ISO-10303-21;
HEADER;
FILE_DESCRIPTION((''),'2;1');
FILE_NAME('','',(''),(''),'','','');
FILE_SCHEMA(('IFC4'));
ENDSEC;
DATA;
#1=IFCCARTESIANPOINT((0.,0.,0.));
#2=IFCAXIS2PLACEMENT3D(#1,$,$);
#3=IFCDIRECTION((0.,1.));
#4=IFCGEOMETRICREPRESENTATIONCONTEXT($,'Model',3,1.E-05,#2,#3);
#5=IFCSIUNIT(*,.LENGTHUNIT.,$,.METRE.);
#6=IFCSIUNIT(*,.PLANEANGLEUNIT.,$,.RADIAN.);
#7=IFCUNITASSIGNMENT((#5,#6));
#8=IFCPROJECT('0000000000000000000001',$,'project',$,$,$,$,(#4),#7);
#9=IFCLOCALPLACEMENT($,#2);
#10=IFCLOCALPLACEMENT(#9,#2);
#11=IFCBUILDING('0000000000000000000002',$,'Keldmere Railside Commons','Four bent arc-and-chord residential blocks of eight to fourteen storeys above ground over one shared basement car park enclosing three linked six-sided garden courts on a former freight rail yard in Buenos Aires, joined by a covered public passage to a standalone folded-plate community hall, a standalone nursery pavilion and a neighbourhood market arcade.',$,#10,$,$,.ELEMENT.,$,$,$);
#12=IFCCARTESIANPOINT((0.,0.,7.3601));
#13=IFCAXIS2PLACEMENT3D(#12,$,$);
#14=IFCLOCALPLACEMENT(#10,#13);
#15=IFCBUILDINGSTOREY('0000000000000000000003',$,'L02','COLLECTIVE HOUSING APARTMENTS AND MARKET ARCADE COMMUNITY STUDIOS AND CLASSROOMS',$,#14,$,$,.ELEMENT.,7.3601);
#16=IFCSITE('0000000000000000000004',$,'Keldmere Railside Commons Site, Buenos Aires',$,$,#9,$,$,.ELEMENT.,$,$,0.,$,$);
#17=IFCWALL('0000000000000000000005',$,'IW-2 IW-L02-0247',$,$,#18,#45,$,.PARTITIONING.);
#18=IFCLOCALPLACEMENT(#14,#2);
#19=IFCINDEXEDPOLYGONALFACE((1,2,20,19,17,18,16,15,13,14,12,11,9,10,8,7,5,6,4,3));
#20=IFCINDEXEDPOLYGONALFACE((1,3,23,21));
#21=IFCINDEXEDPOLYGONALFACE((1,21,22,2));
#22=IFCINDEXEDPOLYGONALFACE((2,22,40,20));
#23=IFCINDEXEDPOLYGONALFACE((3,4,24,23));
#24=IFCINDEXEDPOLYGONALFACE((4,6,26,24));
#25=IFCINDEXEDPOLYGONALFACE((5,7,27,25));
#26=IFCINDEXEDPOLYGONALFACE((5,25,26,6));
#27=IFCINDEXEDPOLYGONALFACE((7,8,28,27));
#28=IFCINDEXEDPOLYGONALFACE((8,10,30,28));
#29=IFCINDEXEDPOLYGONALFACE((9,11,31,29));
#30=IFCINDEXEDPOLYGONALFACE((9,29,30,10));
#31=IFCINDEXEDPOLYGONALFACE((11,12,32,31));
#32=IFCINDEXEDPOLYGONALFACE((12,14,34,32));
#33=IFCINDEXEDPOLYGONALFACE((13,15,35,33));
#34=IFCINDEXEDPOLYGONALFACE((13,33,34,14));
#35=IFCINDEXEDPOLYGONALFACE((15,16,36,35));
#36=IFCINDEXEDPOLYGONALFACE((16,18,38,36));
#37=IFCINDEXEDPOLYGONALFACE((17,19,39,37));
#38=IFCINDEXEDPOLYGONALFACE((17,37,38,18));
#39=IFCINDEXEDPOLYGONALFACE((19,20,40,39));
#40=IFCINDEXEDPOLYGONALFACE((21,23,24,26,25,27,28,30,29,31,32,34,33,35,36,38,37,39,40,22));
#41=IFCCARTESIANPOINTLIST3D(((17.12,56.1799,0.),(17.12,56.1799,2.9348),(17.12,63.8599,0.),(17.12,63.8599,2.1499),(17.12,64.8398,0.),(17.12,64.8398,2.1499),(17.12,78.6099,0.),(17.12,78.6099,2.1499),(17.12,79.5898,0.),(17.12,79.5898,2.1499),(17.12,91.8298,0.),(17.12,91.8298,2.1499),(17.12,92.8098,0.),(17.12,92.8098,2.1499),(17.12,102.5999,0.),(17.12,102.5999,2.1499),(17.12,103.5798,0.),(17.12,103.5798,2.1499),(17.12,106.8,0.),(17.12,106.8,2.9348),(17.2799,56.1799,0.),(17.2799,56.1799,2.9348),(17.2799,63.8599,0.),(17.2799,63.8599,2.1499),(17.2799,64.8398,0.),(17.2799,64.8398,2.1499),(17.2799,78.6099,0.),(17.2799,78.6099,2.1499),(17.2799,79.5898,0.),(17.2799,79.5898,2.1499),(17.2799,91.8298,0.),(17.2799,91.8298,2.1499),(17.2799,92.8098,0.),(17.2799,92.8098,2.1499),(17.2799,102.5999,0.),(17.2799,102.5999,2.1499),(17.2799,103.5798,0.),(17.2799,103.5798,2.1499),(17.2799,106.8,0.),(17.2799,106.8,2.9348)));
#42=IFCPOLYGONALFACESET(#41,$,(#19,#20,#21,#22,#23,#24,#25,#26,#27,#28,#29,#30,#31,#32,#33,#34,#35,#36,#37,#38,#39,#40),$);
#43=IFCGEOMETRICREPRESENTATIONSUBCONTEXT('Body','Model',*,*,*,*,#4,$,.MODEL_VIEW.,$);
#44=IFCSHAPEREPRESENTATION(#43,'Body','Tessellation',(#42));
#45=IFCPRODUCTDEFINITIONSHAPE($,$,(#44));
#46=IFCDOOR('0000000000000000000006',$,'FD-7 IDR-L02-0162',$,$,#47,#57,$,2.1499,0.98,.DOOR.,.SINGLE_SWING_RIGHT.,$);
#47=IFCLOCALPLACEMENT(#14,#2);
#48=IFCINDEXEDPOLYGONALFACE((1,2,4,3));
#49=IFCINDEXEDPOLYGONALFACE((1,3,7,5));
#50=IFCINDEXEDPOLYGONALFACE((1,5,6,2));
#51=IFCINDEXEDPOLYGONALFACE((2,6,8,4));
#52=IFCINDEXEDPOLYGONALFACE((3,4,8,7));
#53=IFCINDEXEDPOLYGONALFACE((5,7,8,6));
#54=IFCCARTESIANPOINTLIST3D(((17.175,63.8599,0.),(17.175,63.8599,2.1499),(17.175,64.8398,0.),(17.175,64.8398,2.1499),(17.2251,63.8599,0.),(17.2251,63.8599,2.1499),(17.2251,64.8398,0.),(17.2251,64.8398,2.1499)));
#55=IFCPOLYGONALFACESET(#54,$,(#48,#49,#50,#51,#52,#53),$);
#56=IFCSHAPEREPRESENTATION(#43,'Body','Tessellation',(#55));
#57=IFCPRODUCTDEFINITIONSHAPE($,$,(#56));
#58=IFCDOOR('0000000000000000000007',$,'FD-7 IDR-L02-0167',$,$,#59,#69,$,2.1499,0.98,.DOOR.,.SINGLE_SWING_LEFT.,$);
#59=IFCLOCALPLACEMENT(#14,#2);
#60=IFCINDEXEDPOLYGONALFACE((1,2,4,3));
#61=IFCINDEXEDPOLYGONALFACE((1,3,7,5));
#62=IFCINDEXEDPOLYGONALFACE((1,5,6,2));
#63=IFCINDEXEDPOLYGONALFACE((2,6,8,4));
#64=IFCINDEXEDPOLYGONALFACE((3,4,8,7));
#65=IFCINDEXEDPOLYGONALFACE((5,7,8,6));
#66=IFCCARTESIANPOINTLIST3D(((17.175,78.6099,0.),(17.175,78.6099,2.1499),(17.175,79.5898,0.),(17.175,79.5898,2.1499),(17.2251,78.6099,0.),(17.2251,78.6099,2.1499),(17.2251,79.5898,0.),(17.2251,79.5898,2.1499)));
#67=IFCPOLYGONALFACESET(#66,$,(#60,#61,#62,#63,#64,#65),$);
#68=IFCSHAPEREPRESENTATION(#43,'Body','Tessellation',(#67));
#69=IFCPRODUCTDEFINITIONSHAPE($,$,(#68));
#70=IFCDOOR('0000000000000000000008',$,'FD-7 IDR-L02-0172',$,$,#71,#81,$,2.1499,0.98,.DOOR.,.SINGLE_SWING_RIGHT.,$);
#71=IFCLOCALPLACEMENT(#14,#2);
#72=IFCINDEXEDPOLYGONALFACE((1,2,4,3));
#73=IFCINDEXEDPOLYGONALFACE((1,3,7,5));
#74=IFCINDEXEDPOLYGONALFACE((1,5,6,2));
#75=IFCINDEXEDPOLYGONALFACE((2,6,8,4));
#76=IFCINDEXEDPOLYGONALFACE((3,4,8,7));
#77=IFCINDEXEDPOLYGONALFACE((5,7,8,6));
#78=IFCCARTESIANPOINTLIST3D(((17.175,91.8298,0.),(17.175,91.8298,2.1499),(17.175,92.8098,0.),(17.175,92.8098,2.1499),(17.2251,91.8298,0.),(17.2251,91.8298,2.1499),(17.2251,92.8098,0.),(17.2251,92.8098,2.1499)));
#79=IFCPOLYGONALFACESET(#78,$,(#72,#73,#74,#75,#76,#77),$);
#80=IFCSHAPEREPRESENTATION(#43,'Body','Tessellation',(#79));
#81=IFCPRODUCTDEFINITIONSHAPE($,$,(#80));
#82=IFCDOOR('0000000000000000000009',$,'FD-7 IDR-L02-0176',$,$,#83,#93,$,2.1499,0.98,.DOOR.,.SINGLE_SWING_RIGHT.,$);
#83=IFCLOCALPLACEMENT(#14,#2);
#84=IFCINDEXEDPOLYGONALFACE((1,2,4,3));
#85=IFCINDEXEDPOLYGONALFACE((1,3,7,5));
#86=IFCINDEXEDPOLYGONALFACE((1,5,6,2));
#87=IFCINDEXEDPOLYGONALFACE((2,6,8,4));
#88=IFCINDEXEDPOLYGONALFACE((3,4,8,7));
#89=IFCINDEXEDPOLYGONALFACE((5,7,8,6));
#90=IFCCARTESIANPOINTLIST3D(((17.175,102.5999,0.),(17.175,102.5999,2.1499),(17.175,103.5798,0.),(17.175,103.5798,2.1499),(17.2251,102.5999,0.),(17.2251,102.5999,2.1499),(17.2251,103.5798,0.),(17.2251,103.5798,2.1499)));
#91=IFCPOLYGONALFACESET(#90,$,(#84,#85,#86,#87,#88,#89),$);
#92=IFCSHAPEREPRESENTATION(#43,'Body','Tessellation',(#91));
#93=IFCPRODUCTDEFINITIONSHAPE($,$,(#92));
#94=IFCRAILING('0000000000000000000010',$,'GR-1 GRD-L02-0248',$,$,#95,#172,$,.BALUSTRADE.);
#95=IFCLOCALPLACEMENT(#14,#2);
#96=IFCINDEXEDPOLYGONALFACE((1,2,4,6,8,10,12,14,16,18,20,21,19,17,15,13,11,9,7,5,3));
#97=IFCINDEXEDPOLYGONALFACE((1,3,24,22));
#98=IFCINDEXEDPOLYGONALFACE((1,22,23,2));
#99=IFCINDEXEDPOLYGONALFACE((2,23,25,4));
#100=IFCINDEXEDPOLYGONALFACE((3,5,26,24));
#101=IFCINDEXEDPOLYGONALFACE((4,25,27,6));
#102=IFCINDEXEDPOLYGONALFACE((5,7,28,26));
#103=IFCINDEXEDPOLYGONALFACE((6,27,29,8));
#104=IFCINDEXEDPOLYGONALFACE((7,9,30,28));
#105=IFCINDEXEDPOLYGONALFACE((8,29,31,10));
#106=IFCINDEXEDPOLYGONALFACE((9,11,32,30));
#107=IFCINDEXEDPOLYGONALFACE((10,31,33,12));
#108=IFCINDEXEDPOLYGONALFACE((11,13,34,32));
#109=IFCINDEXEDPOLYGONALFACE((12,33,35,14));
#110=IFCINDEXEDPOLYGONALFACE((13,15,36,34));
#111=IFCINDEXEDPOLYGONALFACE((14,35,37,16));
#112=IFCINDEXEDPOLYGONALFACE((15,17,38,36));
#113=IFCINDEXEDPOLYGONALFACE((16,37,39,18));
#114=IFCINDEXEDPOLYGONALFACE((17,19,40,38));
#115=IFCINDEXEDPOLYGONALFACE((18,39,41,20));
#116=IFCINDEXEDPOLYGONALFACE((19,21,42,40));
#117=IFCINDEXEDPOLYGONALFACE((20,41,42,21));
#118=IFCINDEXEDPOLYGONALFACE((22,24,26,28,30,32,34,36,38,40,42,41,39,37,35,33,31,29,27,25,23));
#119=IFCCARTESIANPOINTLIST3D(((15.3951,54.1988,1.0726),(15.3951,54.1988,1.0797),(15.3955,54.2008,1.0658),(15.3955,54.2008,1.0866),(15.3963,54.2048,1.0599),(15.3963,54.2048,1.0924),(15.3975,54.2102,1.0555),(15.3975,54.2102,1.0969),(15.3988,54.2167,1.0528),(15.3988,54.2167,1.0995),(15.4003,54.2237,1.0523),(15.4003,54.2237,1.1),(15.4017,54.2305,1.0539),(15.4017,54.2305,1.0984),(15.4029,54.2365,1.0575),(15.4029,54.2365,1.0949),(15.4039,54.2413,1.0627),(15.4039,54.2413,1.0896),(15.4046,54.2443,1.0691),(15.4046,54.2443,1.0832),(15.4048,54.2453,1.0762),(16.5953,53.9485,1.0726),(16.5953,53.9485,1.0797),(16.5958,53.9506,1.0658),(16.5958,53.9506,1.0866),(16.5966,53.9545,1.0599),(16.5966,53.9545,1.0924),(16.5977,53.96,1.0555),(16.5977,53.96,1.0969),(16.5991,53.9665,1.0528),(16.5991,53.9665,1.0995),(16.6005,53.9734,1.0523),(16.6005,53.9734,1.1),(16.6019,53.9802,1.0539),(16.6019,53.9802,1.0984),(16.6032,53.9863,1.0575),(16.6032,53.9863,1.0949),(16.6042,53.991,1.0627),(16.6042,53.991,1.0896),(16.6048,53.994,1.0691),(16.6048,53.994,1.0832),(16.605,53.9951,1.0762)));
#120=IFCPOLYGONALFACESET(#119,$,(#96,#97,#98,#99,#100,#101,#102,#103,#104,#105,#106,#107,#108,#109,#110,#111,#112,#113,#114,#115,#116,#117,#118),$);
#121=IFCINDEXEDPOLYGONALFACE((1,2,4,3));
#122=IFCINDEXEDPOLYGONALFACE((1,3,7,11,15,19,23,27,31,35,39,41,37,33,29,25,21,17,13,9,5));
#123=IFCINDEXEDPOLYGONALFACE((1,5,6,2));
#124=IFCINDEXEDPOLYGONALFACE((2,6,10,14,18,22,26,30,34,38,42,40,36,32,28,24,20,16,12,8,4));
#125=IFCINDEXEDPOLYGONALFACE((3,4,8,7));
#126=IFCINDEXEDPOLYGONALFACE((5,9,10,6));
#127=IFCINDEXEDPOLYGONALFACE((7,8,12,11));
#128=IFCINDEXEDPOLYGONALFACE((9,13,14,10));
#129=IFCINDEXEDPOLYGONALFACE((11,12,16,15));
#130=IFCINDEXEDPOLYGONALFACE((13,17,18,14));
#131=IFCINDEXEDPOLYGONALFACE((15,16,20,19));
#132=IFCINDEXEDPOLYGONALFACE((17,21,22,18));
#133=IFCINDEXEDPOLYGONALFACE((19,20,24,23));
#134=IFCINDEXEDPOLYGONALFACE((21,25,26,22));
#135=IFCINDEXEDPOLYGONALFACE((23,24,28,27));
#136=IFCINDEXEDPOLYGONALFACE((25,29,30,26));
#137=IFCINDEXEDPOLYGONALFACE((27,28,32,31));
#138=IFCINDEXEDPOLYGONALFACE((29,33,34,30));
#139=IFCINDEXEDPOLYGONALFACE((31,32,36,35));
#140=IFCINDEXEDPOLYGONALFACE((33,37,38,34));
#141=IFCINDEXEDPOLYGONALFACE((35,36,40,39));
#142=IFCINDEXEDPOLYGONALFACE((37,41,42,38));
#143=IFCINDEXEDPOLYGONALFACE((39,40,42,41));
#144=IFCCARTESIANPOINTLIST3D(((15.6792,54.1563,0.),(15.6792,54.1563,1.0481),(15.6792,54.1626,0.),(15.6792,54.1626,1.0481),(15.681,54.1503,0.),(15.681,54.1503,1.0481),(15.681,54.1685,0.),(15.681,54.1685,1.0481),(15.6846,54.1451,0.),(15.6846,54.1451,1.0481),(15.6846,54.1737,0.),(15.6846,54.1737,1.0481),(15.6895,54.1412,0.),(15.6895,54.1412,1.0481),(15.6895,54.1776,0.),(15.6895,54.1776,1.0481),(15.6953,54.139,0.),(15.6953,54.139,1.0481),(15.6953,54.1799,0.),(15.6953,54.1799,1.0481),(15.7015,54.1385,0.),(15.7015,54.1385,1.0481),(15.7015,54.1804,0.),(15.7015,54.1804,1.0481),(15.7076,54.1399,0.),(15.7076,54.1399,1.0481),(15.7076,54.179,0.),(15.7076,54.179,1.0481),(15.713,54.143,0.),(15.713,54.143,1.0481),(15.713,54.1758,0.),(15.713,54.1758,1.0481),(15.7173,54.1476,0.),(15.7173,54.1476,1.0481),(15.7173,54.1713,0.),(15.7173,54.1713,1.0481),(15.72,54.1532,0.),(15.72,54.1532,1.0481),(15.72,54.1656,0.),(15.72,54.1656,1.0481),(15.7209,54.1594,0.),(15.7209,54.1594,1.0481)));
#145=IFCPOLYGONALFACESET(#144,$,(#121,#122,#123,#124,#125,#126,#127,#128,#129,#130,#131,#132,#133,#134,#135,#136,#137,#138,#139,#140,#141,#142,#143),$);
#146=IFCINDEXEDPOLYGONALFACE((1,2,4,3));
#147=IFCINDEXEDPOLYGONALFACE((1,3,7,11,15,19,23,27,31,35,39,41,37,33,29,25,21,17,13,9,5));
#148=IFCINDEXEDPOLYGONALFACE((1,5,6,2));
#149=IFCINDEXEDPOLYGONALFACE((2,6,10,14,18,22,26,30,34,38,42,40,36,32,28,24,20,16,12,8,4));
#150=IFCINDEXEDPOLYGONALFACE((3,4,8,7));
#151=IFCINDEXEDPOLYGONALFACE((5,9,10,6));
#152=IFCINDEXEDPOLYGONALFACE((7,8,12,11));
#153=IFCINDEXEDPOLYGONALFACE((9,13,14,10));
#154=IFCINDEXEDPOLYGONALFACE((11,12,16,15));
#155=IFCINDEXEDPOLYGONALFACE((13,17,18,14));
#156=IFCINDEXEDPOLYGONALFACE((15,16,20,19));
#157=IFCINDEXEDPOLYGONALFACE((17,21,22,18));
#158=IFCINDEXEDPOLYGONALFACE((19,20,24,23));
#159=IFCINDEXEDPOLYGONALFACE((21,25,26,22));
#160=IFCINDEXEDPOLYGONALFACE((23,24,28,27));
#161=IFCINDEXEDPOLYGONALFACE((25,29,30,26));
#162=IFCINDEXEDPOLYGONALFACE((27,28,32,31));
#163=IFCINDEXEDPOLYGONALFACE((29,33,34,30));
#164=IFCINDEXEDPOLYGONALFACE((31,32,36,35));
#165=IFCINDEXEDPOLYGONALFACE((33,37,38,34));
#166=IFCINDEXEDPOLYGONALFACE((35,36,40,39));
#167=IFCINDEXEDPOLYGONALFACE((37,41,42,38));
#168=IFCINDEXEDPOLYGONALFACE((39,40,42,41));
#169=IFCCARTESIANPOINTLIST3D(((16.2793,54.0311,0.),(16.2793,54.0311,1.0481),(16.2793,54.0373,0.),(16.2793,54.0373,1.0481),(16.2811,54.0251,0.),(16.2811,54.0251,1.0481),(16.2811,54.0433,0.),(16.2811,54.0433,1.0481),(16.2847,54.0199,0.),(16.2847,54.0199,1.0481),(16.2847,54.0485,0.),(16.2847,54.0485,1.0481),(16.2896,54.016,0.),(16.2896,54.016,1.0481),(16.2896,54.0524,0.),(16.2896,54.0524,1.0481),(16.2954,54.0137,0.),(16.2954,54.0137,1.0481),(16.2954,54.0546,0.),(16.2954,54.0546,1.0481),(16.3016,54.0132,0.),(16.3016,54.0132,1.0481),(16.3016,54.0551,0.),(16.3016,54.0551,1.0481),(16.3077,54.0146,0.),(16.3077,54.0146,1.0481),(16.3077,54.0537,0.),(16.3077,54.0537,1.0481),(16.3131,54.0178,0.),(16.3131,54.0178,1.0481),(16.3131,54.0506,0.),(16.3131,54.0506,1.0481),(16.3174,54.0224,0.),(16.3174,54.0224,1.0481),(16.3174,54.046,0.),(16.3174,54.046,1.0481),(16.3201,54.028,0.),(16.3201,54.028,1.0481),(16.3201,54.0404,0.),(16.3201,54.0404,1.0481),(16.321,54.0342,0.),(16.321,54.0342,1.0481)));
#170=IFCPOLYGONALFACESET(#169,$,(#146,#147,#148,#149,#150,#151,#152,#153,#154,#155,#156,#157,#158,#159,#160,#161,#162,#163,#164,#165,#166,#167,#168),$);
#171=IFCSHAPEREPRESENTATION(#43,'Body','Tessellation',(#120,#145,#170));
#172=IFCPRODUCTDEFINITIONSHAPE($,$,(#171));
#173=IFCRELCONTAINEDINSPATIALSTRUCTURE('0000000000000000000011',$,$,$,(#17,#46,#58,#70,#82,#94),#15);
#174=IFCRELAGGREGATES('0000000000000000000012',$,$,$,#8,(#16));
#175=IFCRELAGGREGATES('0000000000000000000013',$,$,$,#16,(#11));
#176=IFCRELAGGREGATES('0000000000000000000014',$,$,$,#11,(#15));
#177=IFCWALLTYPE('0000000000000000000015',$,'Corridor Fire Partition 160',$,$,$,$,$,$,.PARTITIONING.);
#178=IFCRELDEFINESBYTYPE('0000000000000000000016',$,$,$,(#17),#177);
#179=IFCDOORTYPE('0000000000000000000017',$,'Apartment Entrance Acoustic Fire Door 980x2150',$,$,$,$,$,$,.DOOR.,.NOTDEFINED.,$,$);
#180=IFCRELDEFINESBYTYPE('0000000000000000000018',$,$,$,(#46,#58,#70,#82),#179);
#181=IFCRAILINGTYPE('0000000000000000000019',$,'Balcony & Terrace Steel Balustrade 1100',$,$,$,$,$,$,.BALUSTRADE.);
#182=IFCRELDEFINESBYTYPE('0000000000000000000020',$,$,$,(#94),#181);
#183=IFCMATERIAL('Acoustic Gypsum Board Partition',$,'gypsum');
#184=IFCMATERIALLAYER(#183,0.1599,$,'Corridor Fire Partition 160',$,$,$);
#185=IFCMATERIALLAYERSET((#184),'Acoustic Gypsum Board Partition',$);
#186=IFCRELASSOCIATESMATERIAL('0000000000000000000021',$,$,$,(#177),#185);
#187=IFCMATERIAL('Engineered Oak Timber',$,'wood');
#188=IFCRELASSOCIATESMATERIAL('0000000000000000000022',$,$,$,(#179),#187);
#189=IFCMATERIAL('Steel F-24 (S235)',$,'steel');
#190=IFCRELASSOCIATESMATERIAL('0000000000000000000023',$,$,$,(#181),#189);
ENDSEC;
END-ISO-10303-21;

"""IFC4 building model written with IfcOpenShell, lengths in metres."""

from ifc_helpers import new_model, si_unit, direction, frame, frame_2d, origin, origin_2d, place, context, subcontext, project, spatial, rectangle, circle, extrude, material, layer, layer_set, type_object, element, fill, save


model = new_model("IFC4")

# Units and contexts
model_context = context("Model", 3, precision=1e-05, world=origin(), true_north=direction((0.0, 1.0)))
body_context = subcontext(model_context, "Body", "Model", "MODEL_VIEW")
ifc_project = project(units=[si_unit("LENGTHUNIT", "METRE"), si_unit("PLANEANGLEUNIT", "RADIAN")], contexts=[model_context])

# Site, building, storey
site_placement = place(None, origin())
site = spatial("IfcSite", under=ifc_project, at=site_placement, Name="Keldmere Railside Commons Site, Buenos Aires", CompositionType="ELEMENT", RefElevation=0.0)
building_placement = place(site_placement, origin())
building = spatial("IfcBuilding", under=site, at=building_placement, Name="Keldmere Railside Commons", Description="Four bent arc-and-chord residential blocks of eight to fourteen storeys above ground over one shared basement car park enclosing three linked six-sided garden courts on a former freight rail yard in Buenos Aires, joined by a covered public passage to a standalone folded-plate community hall, a standalone nursery pavilion and a neighbourhood market arcade.", CompositionType="ELEMENT")
storey_placement = place(building_placement, frame((0.0, 0.0, 7.3601)))
storey = spatial("IfcBuildingStorey", under=building, at=storey_placement, Name="L02", Description="COLLECTIVE HOUSING APARTMENTS AND MARKET ARCADE COMMUNITY STUDIOS AND CLASSROOMS", CompositionType="ELEMENT", Elevation=7.3601)

# Wall, openings, doors
ifc_material_1 = material(Name="Acoustic Gypsum Board Partition", Category="gypsum")
ifc_material_2 = material(Name="Engineered Oak Timber", Category="wood")
ifc_layer_1 = layer(ifc_material_1, 0.1599, Name="Corridor Fire Partition 160")
ifc_layer_set_1 = layer_set([ifc_layer_1], Name="Acoustic Gypsum Board Partition")
wall_type_1 = type_object("IfcWallType", Name="Corridor Fire Partition 160", PredefinedType="PARTITIONING", material=ifc_layer_set_1)
door_type_1 = type_object("IfcDoorType", Name="Apartment Entrance Acoustic Fire Door 980x2150", OperationType="NOTDEFINED", PredefinedType="DOOR", material=ifc_material_2)
ifc_material_3 = material(Name="Steel F-24 (S235)", Category="steel")
wall_1_placement = place(storey_placement, frame((17.2, 56.1799, 0.0), z_axis=(0.0, 0.0, 1.0), x_axis=(0.0, 1.0, 0.0)))
wall_1 = element("IfcWall", 1, at=wall_1_placement, inside=storey, type_object=wall_type_1, Name="IW-2 IW-L02-0247", PredefinedType="PARTITIONING", context=body_context, shape_type="SweptSolid", body=[
    extrude(rectangle(XDim=50.6201, YDim=0.1599, at=frame_2d((25.3101, 0.0))), origin(), (0.0, 0.0, 1.0), 2.9348),
])
opening_1_placement = place(wall_1_placement, frame((7.6799, 0.0, 0.0)))
opening_1 = element("IfcOpeningElement", 2, at=opening_1_placement, cuts=wall_1, PredefinedType="OPENING", context=body_context, shape_type="SweptSolid", body=[
    extrude(rectangle(XDim=0.98, YDim=2.1499, at=frame_2d((0.49, 1.075))), frame((0.0, 0.0898, 0.0), z_axis=(0.0, -1.0, 0.0), x_axis=(1.0, 0.0, 0.0)), (0.0, 0.0, 1.0), 0.1799),
])
opening_2_placement = place(wall_1_placement, frame((22.4299, 0.0, 0.0)))
opening_2 = element("IfcOpeningElement", 3, at=opening_2_placement, cuts=wall_1, PredefinedType="OPENING", context=body_context, shape_type="SweptSolid", body=[
    extrude(rectangle(XDim=0.98, YDim=2.1499, at=frame_2d((0.49, 1.075))), frame((0.0, 0.0898, 0.0), z_axis=(0.0, -1.0, 0.0), x_axis=(1.0, 0.0, 0.0)), (0.0, 0.0, 1.0), 0.1799),
])
opening_3_placement = place(wall_1_placement, frame((35.6499, 0.0, 0.0)))
opening_3 = element("IfcOpeningElement", 4, at=opening_3_placement, cuts=wall_1, PredefinedType="OPENING", context=body_context, shape_type="SweptSolid", body=[
    extrude(rectangle(XDim=0.98, YDim=2.1499, at=frame_2d((0.49, 1.075))), frame((0.0, 0.0898, 0.0), z_axis=(0.0, -1.0, 0.0), x_axis=(1.0, 0.0, 0.0)), (0.0, 0.0, 1.0), 0.1799),
])
opening_4_placement = place(wall_1_placement, frame((46.4199, 0.0, 0.0)))
opening_4 = element("IfcOpeningElement", 5, at=opening_4_placement, cuts=wall_1, PredefinedType="OPENING", context=body_context, shape_type="SweptSolid", body=[
    extrude(rectangle(XDim=0.98, YDim=2.1499, at=frame_2d((0.49, 1.075))), frame((0.0, 0.0898, 0.0), z_axis=(0.0, -1.0, 0.0), x_axis=(1.0, 0.0, 0.0)), (0.0, 0.0, 1.0), 0.1799),
])
door_1_placement = place(opening_1_placement, origin())
door_1 = element("IfcDoor", 6, at=door_1_placement, inside=storey, type_object=door_type_1, Name="FD-7 IDR-L02-0162", OperationType="SINGLE_SWING_RIGHT", OverallHeight=2.1499, OverallWidth=0.98, PredefinedType="DOOR", context=body_context, shape_type="SweptSolid", body=[
    extrude(rectangle(XDim=0.98, YDim=2.1499, at=frame_2d((0.49, 1.075))), frame((0.0, 0.0249, 0.0), z_axis=(0.0, -1.0, 0.0), x_axis=(1.0, 0.0, 0.0)), (0.0, 0.0, 1.0), 0.05),
])
fill(opening_1, door_1)
door_2_placement = place(opening_2_placement, origin())
door_2 = element("IfcDoor", 7, at=door_2_placement, inside=storey, type_object=door_type_1, Name="FD-7 IDR-L02-0167", OperationType="SINGLE_SWING_LEFT", OverallHeight=2.1499, OverallWidth=0.98, PredefinedType="DOOR", context=body_context, shape_type="SweptSolid", body=[
    extrude(rectangle(XDim=0.98, YDim=2.1499, at=frame_2d((0.49, 1.075))), frame((0.0, 0.0249, 0.0), z_axis=(0.0, -1.0, 0.0), x_axis=(1.0, 0.0, 0.0)), (0.0, 0.0, 1.0), 0.05),
])
fill(opening_2, door_2)
door_3_placement = place(opening_3_placement, origin())
door_3 = element("IfcDoor", 8, at=door_3_placement, inside=storey, type_object=door_type_1, Name="FD-7 IDR-L02-0172", OperationType="SINGLE_SWING_RIGHT", OverallHeight=2.1499, OverallWidth=0.98, PredefinedType="DOOR", context=body_context, shape_type="SweptSolid", body=[
    extrude(rectangle(XDim=0.98, YDim=2.1499, at=frame_2d((0.49, 1.075))), frame((0.0, 0.0249, 0.0), z_axis=(0.0, -1.0, 0.0), x_axis=(1.0, 0.0, 0.0)), (0.0, 0.0, 1.0), 0.05),
])
fill(opening_3, door_3)
door_4_placement = place(opening_4_placement, origin())
door_4 = element("IfcDoor", 9, at=door_4_placement, inside=storey, type_object=door_type_1, Name="FD-7 IDR-L02-0176", OperationType="SINGLE_SWING_RIGHT", OverallHeight=2.1499, OverallWidth=0.98, PredefinedType="DOOR", context=body_context, shape_type="SweptSolid", body=[
    extrude(rectangle(XDim=0.98, YDim=2.1499, at=frame_2d((0.49, 1.075))), frame((0.0, 0.0249, 0.0), z_axis=(0.0, -1.0, 0.0), x_axis=(1.0, 0.0, 0.0)), (0.0, 0.0, 1.0), 0.05),
])
fill(opening_4, door_4)

# Railing
railing_type = type_object("IfcRailingType", Name="Balcony & Terrace Steel Balustrade 1100", PredefinedType="BALUSTRADE", material=ifc_material_3)
railing_1_placement = place(storey_placement, frame((15.3999, 54.2219, 0.0)))
element("IfcRailing", 10, at=railing_1_placement, inside=storey, type_object=railing_type, Name="GR-1 GRD-L02-0248", PredefinedType="BALUSTRADE", context=body_context, shape_type="SweptSolid", body=[
    extrude(circle(Radius=0.0239, at=origin_2d()), frame((0.0, 0.0, 1.0762), z_axis=(0.978947, -0.204113, 0.0), x_axis=(0.204113, 0.978947, 0.0)), (0.0, 0.0, 1.0), 1.2261),
    extrude(circle(Radius=0.021, at=origin_2d()), frame((0.3, -0.0625, 0.0)), (0.0, 0.0, 1.0), 1.0481),
    extrude(circle(Radius=0.021, at=origin_2d()), frame((0.9001, -0.1877, 0.0)), (0.0, 0.0, 1.0), 1.0481),
])

save(model, "model.ifc")
